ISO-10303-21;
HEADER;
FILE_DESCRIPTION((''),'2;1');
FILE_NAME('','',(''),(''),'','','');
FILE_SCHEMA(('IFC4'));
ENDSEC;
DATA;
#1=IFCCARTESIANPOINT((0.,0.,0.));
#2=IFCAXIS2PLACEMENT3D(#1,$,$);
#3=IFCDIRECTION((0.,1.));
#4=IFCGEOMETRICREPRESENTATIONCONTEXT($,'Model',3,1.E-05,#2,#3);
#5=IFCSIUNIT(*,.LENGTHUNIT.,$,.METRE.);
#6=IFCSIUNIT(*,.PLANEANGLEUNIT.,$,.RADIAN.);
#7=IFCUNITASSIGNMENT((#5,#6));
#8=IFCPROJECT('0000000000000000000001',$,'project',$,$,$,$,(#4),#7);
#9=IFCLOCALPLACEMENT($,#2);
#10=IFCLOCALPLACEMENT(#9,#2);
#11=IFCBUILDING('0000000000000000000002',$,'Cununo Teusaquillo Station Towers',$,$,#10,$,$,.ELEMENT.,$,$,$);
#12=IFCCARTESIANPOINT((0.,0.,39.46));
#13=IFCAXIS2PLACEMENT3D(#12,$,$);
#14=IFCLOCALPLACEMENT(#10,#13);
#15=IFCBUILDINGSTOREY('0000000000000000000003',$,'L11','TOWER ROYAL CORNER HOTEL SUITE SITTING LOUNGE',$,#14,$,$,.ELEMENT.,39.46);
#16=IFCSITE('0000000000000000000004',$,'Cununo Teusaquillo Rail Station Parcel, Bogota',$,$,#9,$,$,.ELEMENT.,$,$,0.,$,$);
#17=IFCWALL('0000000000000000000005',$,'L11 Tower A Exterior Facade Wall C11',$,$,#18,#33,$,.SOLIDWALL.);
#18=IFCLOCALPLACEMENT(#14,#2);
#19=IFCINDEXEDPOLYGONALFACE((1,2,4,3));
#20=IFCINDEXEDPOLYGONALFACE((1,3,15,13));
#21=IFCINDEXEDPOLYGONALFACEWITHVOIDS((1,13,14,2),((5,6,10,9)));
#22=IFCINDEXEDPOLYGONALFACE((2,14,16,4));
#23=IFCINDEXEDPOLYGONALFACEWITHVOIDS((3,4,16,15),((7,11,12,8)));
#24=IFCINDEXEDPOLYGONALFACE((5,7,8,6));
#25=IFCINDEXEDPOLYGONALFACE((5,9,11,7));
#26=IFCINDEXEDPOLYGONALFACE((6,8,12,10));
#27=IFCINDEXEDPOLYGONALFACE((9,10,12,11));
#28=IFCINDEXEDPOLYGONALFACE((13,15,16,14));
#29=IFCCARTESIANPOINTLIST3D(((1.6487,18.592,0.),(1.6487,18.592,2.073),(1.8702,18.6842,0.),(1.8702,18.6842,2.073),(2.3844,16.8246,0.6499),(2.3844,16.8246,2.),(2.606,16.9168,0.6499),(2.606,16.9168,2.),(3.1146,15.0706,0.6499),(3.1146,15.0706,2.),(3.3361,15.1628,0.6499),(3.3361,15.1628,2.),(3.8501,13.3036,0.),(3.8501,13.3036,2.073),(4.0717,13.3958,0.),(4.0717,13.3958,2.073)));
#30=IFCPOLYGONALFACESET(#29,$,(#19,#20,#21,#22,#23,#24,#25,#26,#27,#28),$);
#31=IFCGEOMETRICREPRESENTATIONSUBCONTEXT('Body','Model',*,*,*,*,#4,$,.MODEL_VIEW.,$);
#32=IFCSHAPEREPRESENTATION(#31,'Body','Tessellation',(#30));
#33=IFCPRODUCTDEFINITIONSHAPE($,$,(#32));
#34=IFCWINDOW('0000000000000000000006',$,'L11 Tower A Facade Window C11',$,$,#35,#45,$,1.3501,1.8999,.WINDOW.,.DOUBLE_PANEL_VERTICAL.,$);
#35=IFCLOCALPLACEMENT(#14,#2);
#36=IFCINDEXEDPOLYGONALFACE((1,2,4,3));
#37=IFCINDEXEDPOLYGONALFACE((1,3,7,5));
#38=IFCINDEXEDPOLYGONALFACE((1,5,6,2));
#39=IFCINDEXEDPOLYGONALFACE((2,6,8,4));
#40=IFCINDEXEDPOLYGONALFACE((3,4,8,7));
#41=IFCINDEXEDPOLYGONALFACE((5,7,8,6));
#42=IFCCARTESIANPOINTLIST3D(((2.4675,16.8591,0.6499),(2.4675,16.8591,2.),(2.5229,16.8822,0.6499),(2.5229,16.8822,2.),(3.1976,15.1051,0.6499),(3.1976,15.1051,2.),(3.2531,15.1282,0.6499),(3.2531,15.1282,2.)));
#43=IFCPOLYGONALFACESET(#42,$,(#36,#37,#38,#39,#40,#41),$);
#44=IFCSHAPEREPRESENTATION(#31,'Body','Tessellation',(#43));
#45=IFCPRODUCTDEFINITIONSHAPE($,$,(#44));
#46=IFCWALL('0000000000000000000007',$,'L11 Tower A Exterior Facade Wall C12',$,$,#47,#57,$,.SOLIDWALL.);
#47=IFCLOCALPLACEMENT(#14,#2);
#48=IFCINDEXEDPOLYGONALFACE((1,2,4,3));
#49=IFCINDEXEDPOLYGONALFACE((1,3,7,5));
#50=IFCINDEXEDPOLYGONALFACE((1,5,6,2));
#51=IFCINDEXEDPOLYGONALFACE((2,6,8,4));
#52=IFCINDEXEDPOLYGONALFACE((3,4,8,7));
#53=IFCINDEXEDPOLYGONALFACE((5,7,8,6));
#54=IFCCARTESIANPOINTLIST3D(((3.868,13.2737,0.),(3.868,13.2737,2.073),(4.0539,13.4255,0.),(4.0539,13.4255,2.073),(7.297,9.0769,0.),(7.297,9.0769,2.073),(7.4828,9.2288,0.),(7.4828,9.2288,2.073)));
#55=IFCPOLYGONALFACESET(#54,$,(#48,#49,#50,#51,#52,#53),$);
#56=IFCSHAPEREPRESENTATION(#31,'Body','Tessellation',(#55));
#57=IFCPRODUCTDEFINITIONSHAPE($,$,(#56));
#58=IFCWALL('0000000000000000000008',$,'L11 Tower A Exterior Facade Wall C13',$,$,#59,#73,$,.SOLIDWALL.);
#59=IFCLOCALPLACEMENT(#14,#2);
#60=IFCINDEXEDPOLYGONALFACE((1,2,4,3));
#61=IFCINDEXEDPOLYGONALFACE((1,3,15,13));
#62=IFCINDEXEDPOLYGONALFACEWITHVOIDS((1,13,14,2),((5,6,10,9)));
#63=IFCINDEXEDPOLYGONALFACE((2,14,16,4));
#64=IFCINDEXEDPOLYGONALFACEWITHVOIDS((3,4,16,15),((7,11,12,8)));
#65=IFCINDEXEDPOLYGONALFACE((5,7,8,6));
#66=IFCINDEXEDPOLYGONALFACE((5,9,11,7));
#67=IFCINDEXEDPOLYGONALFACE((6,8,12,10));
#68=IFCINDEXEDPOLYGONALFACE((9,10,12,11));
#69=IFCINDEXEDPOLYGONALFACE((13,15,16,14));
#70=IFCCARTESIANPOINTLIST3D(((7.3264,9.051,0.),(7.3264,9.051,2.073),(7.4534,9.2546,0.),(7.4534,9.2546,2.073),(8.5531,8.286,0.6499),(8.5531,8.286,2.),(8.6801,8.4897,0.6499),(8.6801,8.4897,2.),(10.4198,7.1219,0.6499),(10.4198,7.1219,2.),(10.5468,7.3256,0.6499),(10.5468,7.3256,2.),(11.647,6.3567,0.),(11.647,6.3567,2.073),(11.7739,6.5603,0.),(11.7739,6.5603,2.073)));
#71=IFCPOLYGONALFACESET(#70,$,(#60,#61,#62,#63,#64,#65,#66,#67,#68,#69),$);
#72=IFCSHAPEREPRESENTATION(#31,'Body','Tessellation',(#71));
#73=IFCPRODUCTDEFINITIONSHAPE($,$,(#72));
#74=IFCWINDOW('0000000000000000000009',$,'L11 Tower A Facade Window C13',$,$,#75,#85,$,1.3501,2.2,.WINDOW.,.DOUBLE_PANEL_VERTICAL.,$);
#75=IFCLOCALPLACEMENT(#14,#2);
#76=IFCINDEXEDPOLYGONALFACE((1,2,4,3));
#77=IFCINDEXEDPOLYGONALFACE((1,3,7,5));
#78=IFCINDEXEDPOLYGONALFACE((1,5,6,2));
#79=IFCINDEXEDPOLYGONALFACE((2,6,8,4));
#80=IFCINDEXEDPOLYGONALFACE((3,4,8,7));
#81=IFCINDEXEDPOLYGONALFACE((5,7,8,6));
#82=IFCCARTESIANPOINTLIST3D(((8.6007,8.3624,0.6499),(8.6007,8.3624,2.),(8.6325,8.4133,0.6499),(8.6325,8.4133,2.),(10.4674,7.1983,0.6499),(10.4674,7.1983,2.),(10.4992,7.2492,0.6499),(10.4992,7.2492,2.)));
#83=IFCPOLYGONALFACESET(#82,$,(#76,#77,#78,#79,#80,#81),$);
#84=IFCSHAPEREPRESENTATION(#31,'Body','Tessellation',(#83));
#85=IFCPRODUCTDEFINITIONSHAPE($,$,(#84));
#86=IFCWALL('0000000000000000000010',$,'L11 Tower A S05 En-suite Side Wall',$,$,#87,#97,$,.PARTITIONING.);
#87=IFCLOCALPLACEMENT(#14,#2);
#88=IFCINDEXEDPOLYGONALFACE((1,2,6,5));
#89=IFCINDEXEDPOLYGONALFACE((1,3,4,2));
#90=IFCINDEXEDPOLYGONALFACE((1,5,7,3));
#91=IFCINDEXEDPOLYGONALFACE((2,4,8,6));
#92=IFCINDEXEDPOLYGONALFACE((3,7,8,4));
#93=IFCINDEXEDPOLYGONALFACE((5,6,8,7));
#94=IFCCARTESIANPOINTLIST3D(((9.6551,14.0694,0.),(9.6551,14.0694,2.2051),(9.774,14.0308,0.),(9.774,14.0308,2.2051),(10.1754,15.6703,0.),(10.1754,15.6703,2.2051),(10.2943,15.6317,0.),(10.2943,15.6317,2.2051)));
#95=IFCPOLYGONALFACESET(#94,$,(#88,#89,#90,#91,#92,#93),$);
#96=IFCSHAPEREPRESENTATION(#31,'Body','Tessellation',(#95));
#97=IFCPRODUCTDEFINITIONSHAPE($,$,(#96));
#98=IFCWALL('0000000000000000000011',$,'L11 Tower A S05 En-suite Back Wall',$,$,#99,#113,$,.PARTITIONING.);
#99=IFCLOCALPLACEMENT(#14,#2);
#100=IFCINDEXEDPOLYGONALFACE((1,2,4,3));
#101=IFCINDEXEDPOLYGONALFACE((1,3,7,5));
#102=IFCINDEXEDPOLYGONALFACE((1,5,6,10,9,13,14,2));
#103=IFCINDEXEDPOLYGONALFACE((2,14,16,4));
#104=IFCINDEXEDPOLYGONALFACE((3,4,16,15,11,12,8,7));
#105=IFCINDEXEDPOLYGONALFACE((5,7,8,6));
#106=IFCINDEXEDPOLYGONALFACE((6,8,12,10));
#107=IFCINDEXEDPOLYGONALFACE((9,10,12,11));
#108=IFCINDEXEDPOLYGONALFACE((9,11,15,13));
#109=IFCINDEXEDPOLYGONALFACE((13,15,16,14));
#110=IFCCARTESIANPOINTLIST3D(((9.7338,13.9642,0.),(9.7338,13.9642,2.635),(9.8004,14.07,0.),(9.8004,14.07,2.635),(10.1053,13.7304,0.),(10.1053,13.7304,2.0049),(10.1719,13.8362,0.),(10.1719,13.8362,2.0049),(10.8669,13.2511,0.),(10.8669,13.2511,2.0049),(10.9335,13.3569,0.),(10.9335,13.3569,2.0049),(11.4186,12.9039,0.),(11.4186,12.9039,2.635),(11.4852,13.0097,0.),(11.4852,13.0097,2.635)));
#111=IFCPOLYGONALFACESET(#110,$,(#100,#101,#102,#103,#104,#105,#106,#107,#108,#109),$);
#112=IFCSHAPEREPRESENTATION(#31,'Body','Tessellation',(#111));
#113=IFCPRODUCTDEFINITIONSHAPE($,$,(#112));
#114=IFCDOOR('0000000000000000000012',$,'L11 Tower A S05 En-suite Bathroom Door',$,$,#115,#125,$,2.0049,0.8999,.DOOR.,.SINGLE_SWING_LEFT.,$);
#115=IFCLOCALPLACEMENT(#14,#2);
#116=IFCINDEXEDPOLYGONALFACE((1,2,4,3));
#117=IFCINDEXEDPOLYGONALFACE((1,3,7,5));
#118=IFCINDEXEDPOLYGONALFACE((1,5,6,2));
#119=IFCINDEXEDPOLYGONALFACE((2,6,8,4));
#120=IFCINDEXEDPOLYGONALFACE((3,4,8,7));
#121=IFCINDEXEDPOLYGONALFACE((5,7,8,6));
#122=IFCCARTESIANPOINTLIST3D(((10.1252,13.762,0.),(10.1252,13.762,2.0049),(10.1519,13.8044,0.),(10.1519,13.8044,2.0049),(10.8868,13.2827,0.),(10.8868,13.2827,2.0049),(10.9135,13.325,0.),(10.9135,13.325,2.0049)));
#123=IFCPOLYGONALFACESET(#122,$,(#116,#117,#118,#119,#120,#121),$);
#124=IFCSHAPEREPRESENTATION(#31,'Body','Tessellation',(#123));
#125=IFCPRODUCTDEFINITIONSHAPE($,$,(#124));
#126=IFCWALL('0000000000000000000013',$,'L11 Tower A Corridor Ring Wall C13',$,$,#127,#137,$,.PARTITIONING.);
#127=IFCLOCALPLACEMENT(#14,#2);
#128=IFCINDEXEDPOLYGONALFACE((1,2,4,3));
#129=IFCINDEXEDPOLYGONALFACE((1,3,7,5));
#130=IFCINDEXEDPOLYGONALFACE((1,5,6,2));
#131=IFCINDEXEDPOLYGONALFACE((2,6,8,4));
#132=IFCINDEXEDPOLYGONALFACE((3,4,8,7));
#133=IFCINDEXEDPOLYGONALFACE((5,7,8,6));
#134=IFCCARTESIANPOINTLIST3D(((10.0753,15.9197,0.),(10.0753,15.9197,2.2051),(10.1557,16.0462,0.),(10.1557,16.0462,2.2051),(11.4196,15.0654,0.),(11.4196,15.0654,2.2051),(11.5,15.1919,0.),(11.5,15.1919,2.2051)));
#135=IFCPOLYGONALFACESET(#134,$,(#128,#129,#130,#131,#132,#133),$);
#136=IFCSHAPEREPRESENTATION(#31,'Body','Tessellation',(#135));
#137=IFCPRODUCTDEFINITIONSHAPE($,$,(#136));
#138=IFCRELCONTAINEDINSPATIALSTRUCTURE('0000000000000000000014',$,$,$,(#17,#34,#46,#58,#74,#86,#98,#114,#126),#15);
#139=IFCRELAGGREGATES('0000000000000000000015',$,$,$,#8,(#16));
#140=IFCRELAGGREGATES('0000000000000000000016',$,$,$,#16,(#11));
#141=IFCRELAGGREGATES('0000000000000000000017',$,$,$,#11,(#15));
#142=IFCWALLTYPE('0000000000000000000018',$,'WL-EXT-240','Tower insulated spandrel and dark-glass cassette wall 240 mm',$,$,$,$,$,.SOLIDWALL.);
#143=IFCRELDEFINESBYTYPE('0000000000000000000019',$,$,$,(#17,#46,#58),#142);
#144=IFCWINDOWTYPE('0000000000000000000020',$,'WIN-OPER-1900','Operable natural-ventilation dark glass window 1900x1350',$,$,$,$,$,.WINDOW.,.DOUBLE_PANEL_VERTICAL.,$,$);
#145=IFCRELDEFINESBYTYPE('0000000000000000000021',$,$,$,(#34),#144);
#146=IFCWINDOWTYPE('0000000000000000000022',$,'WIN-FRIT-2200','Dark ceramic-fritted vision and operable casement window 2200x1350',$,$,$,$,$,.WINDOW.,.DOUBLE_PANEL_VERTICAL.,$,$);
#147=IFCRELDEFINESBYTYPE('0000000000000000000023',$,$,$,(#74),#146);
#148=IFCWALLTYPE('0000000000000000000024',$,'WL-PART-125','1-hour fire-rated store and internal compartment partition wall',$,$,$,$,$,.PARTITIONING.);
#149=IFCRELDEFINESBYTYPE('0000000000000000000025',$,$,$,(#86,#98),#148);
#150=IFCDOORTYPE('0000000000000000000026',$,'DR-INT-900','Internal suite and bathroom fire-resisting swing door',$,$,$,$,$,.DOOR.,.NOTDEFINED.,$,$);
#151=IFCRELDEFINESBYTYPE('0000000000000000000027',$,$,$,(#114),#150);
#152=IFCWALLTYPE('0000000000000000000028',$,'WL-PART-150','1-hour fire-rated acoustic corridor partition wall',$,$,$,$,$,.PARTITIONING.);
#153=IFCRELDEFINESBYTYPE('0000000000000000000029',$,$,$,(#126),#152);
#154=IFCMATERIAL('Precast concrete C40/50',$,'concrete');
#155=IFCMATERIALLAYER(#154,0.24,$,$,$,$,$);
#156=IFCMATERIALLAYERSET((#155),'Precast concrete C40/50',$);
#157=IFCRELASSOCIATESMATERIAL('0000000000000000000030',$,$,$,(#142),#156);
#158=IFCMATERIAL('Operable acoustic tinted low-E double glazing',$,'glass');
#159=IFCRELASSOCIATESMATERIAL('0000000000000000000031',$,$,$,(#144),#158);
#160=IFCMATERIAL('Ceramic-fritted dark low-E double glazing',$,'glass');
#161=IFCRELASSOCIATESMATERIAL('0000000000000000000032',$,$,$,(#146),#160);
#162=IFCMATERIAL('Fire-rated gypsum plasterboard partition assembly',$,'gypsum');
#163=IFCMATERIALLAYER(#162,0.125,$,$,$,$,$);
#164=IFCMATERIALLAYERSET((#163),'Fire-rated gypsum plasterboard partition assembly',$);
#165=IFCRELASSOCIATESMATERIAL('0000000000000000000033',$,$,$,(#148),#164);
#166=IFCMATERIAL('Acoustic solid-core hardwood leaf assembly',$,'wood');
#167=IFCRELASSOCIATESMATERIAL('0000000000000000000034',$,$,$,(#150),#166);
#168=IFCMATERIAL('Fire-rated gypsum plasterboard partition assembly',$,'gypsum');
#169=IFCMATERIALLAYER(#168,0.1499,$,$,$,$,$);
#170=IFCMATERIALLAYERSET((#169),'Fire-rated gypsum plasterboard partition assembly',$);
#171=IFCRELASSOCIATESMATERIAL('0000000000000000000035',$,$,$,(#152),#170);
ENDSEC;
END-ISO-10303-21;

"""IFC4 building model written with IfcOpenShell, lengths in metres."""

from ifc_helpers import new_model, si_unit, direction, frame, frame_2d, origin, place, context, subcontext, project, spatial, rectangle, extrude, source, transform, mapped, material, layer, layer_set, type_object, element, fill, save


model = new_model("IFC4")

# Units and contexts
model_context = context("Model", 3, precision=1e-05, world=origin(), true_north=direction((0.0, 1.0)))
body_context = subcontext(model_context, "Body", "Model", "MODEL_VIEW")
ifc_project = project(units=[si_unit("LENGTHUNIT", "METRE"), si_unit("PLANEANGLEUNIT", "RADIAN")], contexts=[model_context])

# Site, building, storey
site_placement = place(None, origin())
site = spatial("IfcSite", under=ifc_project, at=site_placement, Name="Cununo Teusaquillo Rail Station Parcel, Bogota", CompositionType="ELEMENT", RefElevation=0.0)
building_placement = place(site_placement, origin())
building = spatial("IfcBuilding", under=site, at=building_placement, Name="Cununo Teusaquillo Station Towers", CompositionType="ELEMENT")
storey_placement = place(building_placement, frame((0.0, 0.0, 39.46)))
storey = spatial("IfcBuildingStorey", under=building, at=storey_placement, Name="L11", Description="TOWER ROYAL CORNER HOTEL SUITE SITTING LOUNGE", CompositionType="ELEMENT", Elevation=39.46)

# Wall, opening, window
ifc_material_1 = material(Name="Precast concrete C40/50", Category="concrete")
ifc_layer_1 = layer(ifc_material_1, 0.24)
ifc_layer_set_1 = layer_set([ifc_layer_1], Name="Precast concrete C40/50")
wall_type_1 = type_object("IfcWallType", Name="WL-EXT-240", Description="Tower insulated spandrel and dark-glass cassette wall 240 mm", PredefinedType="SOLIDWALL", material=ifc_layer_set_1)
wall_1_placement = place(storey_placement, frame((3.9609, 13.3496, 0.0), z_axis=(0.0, 0.0, 1.0), x_axis=(-0.38431, 0.923204, 0.0)))
wall_1 = element("IfcWall", 1, at=wall_1_placement, inside=storey, type_object=wall_type_1, Name="L11 Tower A Exterior Facade Wall C11", PredefinedType="SOLIDWALL", context=body_context, shape_type="SweptSolid", body=[
    extrude(rectangle(XDim=5.7283, YDim=0.24, at=frame_2d((2.8643, 0.0))), origin(), (0.0, 0.0, 1.0), 2.073),
])
shared_shape_1 = source(origin(), body_context, "Body", "SweptSolid", [
    extrude(rectangle(XDim=1.8999, YDim=1.3501, at=frame_2d((0.95, 0.675))), frame((0.0, 0.1299, 0.0), z_axis=(0.0, -1.0, 0.0), x_axis=(1.0, 0.0, 0.0)), (0.0, 0.0, 1.0), 0.26),
])
opening_1_placement = place(wall_1_placement, frame((1.9141, 0.0, 0.6499)))
opening_1 = element("IfcOpeningElement", 2, at=opening_1_placement, cuts=wall_1, PredefinedType="OPENING", context=body_context, shape_type="MappedRepresentation", body=[
    mapped(shared_shape_1, transform((0.0, 0.0, 0.0), x_axis=(1.0, 0.0, 0.0), y_axis=(0.0, 1.0, 0.0), z_axis=(0.0, 0.0, 1.0), scale=1.0)),
])
ifc_material_2 = material(Name="Operable acoustic tinted low-E double glazing", Category="glass")
window_type_1 = type_object("IfcWindowType", Name="WIN-OPER-1900", Description="Operable natural-ventilation dark glass window 1900x1350", PartitioningType="DOUBLE_PANEL_VERTICAL", PredefinedType="WINDOW", material=ifc_material_2)
shared_shape_2 = source(origin(), body_context, "Body", "SweptSolid", [
    extrude(rectangle(XDim=1.8999, YDim=1.3501, at=frame_2d((0.95, 0.675))), frame((0.0, 0.03, 0.0), z_axis=(0.0, -1.0, 0.0), x_axis=(1.0, 0.0, 0.0)), (0.0, 0.0, 1.0), 0.0601),
])
window_1_placement = place(opening_1_placement, origin())
window_1 = element("IfcWindow", 3, at=window_1_placement, inside=storey, type_object=window_type_1, Name="L11 Tower A Facade Window C11", OverallHeight=1.3501, OverallWidth=1.8999, PartitioningType="DOUBLE_PANEL_VERTICAL", PredefinedType="WINDOW", context=body_context, shape_type="MappedRepresentation", body=[
    mapped(shared_shape_2, transform((0.0, 0.0, 0.0), x_axis=(1.0, 0.0, 0.0), y_axis=(0.0, 1.0, 0.0), z_axis=(0.0, 0.0, 1.0), scale=1.0)),
])
fill(opening_1, window_1)

# Wall
wall_2_placement = place(storey_placement, frame((7.3899, 9.1528, 0.0), z_axis=(0.0, 0.0, 1.0), x_axis=(-0.63271, 0.774389, 0.0)))
element("IfcWall", 4, at=wall_2_placement, inside=storey, type_object=wall_type_1, Name="L11 Tower A Exterior Facade Wall C12", PredefinedType="SOLIDWALL", context=body_context, shape_type="SweptSolid", body=[
    extrude(rectangle(XDim=5.4194, YDim=0.24, at=frame_2d((2.7097, 0.0))), origin(), (0.0, 0.0, 1.0), 2.073),
])

# Wall, opening, window
wall_3_placement = place(storey_placement, frame((11.7104, 6.4585, 0.0), z_axis=(0.0, 0.0, 1.0), x_axis=(-0.848529, 0.52915, 0.0)))
wall_3 = element("IfcWall", 5, at=wall_3_placement, inside=storey, type_object=wall_type_1, Name="L11 Tower A Exterior Facade Wall C13", PredefinedType="SOLIDWALL", context=body_context, shape_type="SweptSolid", body=[
    extrude(rectangle(XDim=5.0918, YDim=0.24, at=frame_2d((2.5459, 0.0))), origin(), (0.0, 0.0, 1.0), 2.073),
])
shared_shape_3 = source(origin(), body_context, "Body", "SweptSolid", [
    extrude(rectangle(XDim=2.2, YDim=1.3501, at=frame_2d((1.1001, 0.675))), frame((0.0, 0.1299, 0.0), z_axis=(0.0, -1.0, 0.0), x_axis=(1.0, 0.0, 0.0)), (0.0, 0.0, 1.0), 0.26),
])
opening_2_placement = place(wall_3_placement, frame((1.446, 0.0, 0.6499)))
opening_2 = element("IfcOpeningElement", 6, at=opening_2_placement, cuts=wall_3, PredefinedType="OPENING", context=body_context, shape_type="MappedRepresentation", body=[
    mapped(shared_shape_3, transform((0.0, 0.0, 0.0), x_axis=(1.0, 0.0, 0.0), y_axis=(0.0, 1.0, 0.0), z_axis=(0.0, 0.0, 1.0), scale=1.0)),
])
ifc_material_3 = material(Name="Ceramic-fritted dark low-E double glazing", Category="glass")
window_type_2 = type_object("IfcWindowType", Name="WIN-FRIT-2200", Description="Dark ceramic-fritted vision and operable casement window 2200x1350", PartitioningType="DOUBLE_PANEL_VERTICAL", PredefinedType="WINDOW", material=ifc_material_3)
shared_shape_4 = source(origin(), body_context, "Body", "SweptSolid", [
    extrude(rectangle(XDim=2.2, YDim=1.3501, at=frame_2d((1.1001, 0.675))), frame((0.0, 0.03, 0.0), z_axis=(0.0, -1.0, 0.0), x_axis=(1.0, 0.0, 0.0)), (0.0, 0.0, 1.0), 0.0601),
])
window_2_placement = place(opening_2_placement, origin())
window_2 = element("IfcWindow", 7, at=window_2_placement, inside=storey, type_object=window_type_2, Name="L11 Tower A Facade Window C13", OverallHeight=1.3501, OverallWidth=2.2, PartitioningType="DOUBLE_PANEL_VERTICAL", PredefinedType="WINDOW", context=body_context, shape_type="MappedRepresentation", body=[
    mapped(shared_shape_4, transform((0.0, 0.0, 0.0), x_axis=(1.0, 0.0, 0.0), y_axis=(0.0, 1.0, 0.0), z_axis=(0.0, 0.0, 1.0), scale=1.0)),
])
fill(opening_2, window_2)

# Wall
ifc_material_4 = material(Name="Fire-rated gypsum plasterboard partition assembly", Category="gypsum")
ifc_layer_2 = layer(ifc_material_4, 0.125)
ifc_layer_set_2 = layer_set([ifc_layer_2], Name="Fire-rated gypsum plasterboard partition assembly")
wall_type_2 = type_object("IfcWallType", Name="WL-PART-125", Description="1-hour fire-rated store and internal compartment partition wall", PredefinedType="PARTITIONING", material=ifc_layer_set_2)
wall_4_placement = place(storey_placement, frame((10.2349, 15.6511, 0.0), z_axis=(0.0, 0.0, 1.0), x_axis=(-0.309083, -0.951035, 0.0)))
element("IfcWall", 8, at=wall_4_placement, inside=storey, type_object=wall_type_2, Name="L11 Tower A S05 En-suite Side Wall", PredefinedType="PARTITIONING", context=body_context, shape_type="SweptSolid", body=[
    extrude(rectangle(XDim=1.6833, YDim=0.125, at=frame_2d((0.8418, 0.0))), origin(), (0.0, 0.0, 1.0), 2.2051),
])

# Wall, opening, door
wall_5_placement = place(storey_placement, frame((9.7671, 14.0171, 0.0), z_axis=(0.0, 0.0, 1.0), x_axis=(0.846348, -0.532631, 0.0)))
wall_5 = element("IfcWall", 9, at=wall_5_placement, inside=storey, type_object=wall_type_2, Name="L11 Tower A S05 En-suite Back Wall", PredefinedType="PARTITIONING", context=body_context, shape_type="SweptSolid", body=[
    extrude(rectangle(XDim=1.9907, YDim=0.125, at=frame_2d((0.9954, 0.0))), origin(), (0.0, 0.0, 1.0), 2.635),
])
shared_shape_5 = source(origin(), body_context, "Body", "SweptSolid", [
    extrude(rectangle(XDim=0.8999, YDim=2.0049, at=frame_2d((0.45, 1.0024))), frame((0.0, 0.0725, 0.0), z_axis=(0.0, -1.0, 0.0), x_axis=(1.0, 0.0, 0.0)), (0.0, 0.0, 1.0), 0.145),
])
opening_3_placement = place(wall_5_placement, frame((0.439, 0.0, 0.0)))
opening_3 = element("IfcOpeningElement", 10, at=opening_3_placement, cuts=wall_5, PredefinedType="OPENING", context=body_context, shape_type="MappedRepresentation", body=[
    mapped(shared_shape_5, transform((0.0, 0.0, 0.0), x_axis=(1.0, 0.0, 0.0), y_axis=(0.0, 1.0, 0.0), z_axis=(0.0, 0.0, 1.0), scale=1.0)),
])
ifc_material_5 = material(Name="Acoustic solid-core hardwood leaf assembly", Category="wood")
door_type_1 = type_object("IfcDoorType", Name="DR-INT-900", Description="Internal suite and bathroom fire-resisting swing door", OperationType="NOTDEFINED", PredefinedType="DOOR", material=ifc_material_5)
shared_shape_6 = source(origin(), body_context, "Body", "SweptSolid", [
    extrude(rectangle(XDim=0.8999, YDim=2.0049, at=frame_2d((0.45, 1.0024))), frame((0.0, 0.0249, 0.0), z_axis=(0.0, -1.0, 0.0), x_axis=(1.0, 0.0, 0.0)), (0.0, 0.0, 1.0), 0.05),
])
door_1_placement = place(opening_3_placement, origin())
door_1 = element("IfcDoor", 11, at=door_1_placement, inside=storey, type_object=door_type_1, Name="L11 Tower A S05 En-suite Bathroom Door", OperationType="SINGLE_SWING_LEFT", OverallHeight=2.0049, OverallWidth=0.8999, PredefinedType="DOOR", context=body_context, shape_type="MappedRepresentation", body=[
    mapped(shared_shape_6, transform((0.0, 0.0, 0.0), x_axis=(1.0, 0.0, 0.0), y_axis=(0.0, 1.0, 0.0), z_axis=(0.0, 0.0, 1.0), scale=1.0)),
])
fill(opening_3, door_1)

# Wall
ifc_material_6 = material(Name="Fire-rated gypsum plasterboard partition assembly", Category="gypsum")
ifc_layer_3 = layer(ifc_material_6, 0.1499)
ifc_layer_set_3 = layer_set([ifc_layer_3], Name="Fire-rated gypsum plasterboard partition assembly")
wall_type_3 = type_object("IfcWallType", Name="WL-PART-150", Description="1-hour fire-rated acoustic corridor partition wall", PredefinedType="PARTITIONING", material=ifc_layer_set_3)
wall_6_placement = place(storey_placement, frame((10.1155, 15.9829, 0.0), z_axis=(0.0, 0.0, 1.0), x_axis=(0.843996, -0.53635, 0.0)))
element("IfcWall", 12, at=wall_6_placement, inside=storey, type_object=wall_type_3, Name="L11 Tower A Corridor Ring Wall C13", PredefinedType="PARTITIONING", context=body_context, shape_type="SweptSolid", body=[
    extrude(rectangle(XDim=1.5928, YDim=0.1499, at=frame_2d((0.7964, 0.0))), origin(), (0.0, 0.0, 1.0), 2.2051),
])

save(model, "model.ifc")
